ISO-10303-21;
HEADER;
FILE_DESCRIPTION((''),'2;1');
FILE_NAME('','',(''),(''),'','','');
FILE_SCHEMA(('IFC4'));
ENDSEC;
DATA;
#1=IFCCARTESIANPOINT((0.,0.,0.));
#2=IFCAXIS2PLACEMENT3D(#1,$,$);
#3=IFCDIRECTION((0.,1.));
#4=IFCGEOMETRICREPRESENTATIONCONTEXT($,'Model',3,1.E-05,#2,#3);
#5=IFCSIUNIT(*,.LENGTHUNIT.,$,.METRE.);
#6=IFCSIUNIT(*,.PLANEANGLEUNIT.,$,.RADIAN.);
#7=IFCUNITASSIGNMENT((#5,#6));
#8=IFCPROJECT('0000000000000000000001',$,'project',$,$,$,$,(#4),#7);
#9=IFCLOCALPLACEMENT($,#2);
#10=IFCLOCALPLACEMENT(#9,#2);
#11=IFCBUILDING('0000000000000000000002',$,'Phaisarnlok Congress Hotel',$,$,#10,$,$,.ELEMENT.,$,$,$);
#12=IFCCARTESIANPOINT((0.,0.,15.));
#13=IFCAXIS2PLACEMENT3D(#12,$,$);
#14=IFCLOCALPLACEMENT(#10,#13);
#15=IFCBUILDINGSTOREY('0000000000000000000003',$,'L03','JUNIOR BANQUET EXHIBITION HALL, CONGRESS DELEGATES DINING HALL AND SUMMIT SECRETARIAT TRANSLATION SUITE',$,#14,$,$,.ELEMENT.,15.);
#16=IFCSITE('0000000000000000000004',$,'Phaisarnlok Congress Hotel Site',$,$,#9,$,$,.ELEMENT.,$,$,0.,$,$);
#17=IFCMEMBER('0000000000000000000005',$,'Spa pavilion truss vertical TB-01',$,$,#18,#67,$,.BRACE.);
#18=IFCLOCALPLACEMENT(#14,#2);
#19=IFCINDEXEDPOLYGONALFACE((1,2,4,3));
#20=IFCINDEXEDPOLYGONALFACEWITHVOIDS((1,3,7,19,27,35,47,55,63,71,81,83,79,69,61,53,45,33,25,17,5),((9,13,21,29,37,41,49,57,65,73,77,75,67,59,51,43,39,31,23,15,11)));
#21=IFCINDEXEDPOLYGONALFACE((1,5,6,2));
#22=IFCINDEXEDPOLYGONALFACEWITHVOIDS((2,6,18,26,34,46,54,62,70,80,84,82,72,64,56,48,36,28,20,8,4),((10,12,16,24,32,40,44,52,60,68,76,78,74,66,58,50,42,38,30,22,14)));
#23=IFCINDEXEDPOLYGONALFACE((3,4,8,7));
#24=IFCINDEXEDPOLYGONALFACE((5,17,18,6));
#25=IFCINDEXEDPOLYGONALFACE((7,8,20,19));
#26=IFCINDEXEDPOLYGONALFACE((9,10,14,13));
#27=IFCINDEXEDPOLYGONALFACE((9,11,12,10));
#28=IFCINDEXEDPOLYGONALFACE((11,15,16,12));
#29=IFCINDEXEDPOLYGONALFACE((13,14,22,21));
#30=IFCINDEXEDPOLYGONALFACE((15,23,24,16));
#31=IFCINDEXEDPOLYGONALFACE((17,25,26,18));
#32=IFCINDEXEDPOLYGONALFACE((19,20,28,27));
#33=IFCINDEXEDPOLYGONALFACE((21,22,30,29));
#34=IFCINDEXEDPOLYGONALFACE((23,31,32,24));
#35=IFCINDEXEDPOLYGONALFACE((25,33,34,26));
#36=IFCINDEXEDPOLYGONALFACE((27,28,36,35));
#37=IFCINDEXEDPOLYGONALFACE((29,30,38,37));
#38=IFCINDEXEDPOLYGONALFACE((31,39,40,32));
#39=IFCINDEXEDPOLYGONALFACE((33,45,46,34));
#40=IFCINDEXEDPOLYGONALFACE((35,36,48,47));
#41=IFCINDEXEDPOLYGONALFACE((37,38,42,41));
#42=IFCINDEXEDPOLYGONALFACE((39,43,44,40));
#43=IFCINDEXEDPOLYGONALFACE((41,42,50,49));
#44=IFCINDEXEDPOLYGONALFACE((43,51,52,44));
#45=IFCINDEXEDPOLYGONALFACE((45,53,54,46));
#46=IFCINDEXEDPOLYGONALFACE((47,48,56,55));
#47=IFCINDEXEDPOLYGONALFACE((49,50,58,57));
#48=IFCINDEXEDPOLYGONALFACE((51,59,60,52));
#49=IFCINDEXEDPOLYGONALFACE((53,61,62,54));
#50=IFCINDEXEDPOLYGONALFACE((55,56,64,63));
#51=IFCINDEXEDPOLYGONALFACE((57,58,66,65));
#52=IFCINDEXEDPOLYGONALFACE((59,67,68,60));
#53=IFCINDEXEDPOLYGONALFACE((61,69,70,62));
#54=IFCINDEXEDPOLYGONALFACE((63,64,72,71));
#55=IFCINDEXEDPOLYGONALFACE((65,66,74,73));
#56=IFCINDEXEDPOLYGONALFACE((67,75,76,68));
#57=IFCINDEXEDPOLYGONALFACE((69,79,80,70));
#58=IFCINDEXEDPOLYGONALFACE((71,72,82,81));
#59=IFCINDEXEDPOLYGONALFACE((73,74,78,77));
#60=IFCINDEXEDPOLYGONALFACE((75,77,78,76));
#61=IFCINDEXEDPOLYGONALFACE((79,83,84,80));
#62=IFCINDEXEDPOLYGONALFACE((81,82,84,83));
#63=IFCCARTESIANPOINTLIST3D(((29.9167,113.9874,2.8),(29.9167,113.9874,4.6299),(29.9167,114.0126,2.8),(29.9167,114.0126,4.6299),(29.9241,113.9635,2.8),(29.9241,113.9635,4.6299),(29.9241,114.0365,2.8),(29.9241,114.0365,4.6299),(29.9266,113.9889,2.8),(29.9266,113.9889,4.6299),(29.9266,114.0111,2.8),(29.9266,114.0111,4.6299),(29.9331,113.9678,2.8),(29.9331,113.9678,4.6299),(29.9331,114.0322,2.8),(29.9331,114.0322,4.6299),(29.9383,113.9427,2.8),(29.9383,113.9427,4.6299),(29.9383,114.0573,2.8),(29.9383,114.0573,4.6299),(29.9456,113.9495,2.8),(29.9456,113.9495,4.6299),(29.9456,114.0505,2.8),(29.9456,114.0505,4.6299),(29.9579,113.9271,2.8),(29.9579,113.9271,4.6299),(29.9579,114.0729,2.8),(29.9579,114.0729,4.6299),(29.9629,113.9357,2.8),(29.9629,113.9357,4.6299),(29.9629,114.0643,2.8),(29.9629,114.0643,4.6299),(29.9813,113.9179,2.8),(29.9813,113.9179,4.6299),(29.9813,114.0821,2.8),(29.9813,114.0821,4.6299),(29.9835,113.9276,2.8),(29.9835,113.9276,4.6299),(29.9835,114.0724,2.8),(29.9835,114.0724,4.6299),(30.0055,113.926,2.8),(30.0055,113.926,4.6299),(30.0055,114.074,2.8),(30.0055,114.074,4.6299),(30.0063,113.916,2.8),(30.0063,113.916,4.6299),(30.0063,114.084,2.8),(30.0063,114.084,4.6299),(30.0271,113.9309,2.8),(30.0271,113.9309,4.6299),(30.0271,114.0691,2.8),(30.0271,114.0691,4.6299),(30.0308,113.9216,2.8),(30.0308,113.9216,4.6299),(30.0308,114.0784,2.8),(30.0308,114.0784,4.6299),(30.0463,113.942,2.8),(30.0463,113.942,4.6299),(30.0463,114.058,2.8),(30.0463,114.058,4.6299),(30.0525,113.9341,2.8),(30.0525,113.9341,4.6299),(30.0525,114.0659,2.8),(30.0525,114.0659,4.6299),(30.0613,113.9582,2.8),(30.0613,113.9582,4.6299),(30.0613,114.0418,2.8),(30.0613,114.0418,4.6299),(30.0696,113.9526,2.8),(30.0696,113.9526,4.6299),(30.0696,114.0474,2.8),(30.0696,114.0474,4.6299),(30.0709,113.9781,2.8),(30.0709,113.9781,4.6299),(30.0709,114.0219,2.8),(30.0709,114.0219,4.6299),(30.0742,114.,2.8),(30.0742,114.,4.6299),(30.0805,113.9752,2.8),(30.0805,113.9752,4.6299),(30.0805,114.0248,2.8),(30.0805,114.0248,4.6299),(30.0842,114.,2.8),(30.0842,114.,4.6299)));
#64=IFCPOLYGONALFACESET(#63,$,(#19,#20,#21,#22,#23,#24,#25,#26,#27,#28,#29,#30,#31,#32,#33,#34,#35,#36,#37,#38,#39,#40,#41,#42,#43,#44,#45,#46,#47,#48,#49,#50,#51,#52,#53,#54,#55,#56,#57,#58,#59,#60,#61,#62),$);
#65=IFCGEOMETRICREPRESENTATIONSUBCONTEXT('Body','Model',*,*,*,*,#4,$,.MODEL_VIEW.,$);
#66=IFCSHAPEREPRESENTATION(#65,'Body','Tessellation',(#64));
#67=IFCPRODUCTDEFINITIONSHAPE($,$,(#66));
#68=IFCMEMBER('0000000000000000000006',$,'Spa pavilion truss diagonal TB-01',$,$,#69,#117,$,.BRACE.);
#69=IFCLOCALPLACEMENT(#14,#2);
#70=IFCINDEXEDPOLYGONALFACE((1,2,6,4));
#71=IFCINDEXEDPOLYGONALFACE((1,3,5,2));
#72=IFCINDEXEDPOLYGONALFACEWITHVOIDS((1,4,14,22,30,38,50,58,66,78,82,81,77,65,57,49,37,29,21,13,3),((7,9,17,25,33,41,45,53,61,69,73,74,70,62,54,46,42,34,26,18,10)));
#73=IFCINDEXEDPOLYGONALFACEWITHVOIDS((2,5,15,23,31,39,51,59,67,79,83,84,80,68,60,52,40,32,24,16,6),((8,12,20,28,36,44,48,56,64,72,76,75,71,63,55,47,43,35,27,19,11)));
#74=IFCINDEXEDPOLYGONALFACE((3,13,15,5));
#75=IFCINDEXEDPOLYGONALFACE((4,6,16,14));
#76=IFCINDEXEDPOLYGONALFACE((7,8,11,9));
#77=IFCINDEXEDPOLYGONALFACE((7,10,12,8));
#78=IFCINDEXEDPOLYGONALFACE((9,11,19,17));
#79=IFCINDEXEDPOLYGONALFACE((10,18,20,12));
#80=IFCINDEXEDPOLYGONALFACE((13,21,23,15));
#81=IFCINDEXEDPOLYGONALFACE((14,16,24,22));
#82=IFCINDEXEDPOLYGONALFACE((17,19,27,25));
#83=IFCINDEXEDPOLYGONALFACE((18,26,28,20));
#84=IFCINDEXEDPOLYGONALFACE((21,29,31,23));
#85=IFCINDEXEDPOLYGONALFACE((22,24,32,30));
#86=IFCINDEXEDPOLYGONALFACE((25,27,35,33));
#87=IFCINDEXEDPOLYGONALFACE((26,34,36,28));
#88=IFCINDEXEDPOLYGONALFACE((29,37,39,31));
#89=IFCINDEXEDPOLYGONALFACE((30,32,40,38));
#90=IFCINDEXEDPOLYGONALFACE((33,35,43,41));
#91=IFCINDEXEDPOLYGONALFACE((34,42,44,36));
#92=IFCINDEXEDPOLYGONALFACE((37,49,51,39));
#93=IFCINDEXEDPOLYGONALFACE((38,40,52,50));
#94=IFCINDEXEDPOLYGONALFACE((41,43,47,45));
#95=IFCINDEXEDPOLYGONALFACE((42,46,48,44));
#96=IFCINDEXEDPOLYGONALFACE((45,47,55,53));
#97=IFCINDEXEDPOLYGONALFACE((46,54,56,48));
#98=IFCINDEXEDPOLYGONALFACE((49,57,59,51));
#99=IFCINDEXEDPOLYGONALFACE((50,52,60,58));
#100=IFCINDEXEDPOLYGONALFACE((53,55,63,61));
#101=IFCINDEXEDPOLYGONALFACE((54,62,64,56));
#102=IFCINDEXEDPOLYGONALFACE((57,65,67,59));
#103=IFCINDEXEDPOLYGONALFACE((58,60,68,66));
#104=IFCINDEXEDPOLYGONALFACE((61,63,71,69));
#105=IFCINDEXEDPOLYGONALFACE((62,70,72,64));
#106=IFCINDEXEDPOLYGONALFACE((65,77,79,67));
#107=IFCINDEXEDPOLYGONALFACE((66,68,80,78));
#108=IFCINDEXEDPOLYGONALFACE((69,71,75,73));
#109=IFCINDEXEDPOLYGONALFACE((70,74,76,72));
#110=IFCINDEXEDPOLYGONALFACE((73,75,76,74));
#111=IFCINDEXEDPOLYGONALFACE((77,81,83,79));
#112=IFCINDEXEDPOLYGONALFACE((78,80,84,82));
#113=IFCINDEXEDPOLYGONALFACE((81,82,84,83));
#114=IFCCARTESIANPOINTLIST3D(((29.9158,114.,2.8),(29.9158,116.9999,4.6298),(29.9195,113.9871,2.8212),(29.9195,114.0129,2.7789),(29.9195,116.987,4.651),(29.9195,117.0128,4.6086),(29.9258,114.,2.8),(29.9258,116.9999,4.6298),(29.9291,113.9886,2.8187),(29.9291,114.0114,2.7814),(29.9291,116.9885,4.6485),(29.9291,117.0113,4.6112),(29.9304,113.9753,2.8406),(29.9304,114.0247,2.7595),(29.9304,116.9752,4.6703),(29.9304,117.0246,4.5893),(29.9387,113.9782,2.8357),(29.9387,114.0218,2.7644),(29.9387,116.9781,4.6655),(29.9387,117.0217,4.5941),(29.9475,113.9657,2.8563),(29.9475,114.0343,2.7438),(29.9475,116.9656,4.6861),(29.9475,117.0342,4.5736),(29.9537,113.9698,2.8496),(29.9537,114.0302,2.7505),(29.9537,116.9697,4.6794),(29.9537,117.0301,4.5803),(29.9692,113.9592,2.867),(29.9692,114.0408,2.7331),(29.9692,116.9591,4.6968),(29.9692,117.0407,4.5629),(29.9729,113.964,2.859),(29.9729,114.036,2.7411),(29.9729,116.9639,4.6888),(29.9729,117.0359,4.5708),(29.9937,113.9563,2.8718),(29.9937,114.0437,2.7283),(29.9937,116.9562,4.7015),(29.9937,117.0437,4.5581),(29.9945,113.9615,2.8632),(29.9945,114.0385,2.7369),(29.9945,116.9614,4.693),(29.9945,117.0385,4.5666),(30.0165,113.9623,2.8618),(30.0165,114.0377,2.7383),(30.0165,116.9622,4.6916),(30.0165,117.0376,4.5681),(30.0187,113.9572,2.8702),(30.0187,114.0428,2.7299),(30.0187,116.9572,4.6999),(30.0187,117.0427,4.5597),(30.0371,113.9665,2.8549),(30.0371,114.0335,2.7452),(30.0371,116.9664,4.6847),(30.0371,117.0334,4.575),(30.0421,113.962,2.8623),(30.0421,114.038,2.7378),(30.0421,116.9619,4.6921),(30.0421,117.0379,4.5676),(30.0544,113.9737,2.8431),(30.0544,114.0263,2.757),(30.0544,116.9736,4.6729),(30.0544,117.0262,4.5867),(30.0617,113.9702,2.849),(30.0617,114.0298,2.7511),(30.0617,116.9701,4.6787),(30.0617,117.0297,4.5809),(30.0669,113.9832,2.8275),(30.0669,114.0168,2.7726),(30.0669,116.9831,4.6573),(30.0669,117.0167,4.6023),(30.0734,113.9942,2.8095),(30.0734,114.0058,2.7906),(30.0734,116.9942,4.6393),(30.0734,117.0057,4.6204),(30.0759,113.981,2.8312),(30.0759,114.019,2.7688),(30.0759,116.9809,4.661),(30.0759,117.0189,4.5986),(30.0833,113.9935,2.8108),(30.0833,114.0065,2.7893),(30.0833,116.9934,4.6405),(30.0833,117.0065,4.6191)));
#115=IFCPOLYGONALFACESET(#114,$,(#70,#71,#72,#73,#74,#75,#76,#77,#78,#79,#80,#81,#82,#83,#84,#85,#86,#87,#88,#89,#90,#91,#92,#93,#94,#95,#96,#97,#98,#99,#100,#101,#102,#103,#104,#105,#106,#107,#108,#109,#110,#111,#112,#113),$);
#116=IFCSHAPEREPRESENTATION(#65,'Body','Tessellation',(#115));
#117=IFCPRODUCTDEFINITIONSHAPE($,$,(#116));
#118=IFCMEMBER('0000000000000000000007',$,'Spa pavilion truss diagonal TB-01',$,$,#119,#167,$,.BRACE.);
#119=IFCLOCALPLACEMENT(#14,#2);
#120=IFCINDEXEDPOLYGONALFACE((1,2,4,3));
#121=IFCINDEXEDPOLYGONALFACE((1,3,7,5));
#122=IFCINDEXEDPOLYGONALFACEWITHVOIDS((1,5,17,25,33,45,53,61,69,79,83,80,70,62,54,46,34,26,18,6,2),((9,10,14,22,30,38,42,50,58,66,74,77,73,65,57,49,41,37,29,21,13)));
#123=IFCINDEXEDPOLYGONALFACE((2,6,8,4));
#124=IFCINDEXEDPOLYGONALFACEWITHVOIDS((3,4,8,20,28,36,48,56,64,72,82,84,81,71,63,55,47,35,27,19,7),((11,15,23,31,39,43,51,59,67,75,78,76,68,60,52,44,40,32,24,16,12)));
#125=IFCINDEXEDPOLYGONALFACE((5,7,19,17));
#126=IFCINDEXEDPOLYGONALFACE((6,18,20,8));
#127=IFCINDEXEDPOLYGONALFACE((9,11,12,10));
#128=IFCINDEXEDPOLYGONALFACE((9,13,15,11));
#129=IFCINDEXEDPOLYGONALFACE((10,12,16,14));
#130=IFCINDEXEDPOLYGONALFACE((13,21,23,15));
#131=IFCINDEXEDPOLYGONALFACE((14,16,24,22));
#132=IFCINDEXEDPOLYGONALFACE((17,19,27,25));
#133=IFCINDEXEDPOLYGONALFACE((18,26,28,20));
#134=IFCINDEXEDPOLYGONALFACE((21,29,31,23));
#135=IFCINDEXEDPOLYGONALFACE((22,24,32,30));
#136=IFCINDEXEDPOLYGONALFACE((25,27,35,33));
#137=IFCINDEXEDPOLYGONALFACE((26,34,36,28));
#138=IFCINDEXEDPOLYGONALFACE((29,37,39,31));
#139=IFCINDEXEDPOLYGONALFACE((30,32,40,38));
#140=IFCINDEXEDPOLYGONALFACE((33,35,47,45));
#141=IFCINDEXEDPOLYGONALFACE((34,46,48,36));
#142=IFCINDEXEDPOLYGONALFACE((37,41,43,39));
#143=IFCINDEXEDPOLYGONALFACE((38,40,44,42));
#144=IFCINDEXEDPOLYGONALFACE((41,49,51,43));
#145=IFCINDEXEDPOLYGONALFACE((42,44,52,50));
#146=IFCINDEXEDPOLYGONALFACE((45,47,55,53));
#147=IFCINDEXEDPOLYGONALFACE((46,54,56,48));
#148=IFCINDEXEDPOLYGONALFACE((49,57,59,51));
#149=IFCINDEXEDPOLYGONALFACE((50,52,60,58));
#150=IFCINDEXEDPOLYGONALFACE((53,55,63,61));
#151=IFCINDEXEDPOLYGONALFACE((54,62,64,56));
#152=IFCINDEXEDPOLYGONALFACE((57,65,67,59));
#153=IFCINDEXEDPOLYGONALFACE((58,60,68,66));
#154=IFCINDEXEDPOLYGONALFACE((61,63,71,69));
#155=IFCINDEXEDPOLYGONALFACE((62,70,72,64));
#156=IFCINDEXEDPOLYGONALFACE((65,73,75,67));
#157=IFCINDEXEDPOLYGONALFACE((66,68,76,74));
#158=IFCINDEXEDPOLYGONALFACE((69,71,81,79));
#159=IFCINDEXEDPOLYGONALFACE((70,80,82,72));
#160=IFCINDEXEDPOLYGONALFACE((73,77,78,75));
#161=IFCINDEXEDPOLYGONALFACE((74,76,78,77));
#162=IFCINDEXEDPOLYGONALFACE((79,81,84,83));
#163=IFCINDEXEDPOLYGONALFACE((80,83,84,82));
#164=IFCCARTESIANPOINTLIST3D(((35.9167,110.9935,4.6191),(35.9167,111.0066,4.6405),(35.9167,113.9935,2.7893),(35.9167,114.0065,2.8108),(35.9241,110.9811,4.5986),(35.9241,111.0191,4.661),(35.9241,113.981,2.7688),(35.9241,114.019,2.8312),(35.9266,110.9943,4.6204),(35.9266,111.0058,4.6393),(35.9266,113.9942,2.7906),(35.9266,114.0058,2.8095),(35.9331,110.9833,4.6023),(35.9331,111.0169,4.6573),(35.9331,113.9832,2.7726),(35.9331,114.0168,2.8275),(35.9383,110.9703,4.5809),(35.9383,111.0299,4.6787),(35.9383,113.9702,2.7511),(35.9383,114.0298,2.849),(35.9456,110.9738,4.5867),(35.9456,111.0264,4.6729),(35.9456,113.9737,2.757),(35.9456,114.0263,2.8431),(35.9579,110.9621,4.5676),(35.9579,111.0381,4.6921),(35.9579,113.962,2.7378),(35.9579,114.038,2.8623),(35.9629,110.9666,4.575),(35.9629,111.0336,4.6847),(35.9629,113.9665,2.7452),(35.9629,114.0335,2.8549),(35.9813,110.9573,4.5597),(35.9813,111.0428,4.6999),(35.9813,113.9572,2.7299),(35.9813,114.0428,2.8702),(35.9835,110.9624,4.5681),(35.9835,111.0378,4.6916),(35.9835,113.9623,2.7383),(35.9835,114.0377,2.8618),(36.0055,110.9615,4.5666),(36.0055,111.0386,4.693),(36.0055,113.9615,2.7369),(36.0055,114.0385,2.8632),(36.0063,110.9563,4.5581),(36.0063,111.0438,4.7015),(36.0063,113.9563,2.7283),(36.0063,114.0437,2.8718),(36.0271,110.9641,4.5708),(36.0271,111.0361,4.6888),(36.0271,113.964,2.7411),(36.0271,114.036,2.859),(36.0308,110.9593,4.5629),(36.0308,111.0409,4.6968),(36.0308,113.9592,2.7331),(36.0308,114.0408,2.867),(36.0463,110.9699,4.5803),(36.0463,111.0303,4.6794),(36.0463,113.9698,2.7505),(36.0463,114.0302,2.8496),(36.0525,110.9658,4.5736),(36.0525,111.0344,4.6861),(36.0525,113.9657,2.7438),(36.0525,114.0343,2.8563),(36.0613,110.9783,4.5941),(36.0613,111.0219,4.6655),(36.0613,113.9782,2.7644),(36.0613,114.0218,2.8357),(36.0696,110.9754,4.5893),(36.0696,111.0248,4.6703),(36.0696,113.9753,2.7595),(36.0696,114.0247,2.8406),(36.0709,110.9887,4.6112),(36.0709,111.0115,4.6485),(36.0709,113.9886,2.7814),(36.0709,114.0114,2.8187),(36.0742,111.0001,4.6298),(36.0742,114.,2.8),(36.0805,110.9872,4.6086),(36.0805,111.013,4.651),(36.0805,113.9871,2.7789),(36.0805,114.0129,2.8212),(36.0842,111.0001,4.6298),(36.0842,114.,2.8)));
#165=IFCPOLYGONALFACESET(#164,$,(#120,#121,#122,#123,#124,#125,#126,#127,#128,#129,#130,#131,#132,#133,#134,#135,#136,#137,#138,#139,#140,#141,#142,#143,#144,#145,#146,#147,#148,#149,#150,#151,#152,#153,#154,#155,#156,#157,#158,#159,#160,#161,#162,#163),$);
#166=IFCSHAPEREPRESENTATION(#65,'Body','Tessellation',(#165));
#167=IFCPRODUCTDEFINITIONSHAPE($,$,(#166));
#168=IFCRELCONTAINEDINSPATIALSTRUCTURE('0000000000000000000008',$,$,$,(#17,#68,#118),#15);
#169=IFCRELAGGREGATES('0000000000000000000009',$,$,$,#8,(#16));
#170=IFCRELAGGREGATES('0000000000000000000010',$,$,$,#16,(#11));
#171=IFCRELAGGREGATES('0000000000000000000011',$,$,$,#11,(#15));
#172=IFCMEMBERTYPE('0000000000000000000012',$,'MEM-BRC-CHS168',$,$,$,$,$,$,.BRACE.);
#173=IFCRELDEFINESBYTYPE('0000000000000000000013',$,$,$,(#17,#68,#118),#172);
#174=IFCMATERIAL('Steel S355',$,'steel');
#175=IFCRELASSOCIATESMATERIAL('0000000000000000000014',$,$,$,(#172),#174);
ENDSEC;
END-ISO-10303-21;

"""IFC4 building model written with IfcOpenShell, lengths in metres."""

from ifc_helpers import new_model, si_unit, direction, frame, origin, origin_2d, place, context, subcontext, project, spatial, hollow_circle, extrude, material, material_profile, profile_set, type_object, element, save


model = new_model("IFC4")

# Units and contexts
model_context = context("Model", 3, precision=1e-05, world=origin(), true_north=direction((0.0, 1.0)))
body_context = subcontext(model_context, "Body", "Model", "MODEL_VIEW")
ifc_project = project(units=[si_unit("LENGTHUNIT", "METRE"), si_unit("PLANEANGLEUNIT", "RADIAN")], contexts=[model_context])

# Site, building, storey
site_placement = place(None, origin())
site = spatial("IfcSite", under=ifc_project, at=site_placement, Name="Phaisarnlok Congress Hotel Site", CompositionType="ELEMENT", RefElevation=0.0)
building_placement = place(site_placement, origin())
building = spatial("IfcBuilding", under=site, at=building_placement, Name="Phaisarnlok Congress Hotel", CompositionType="ELEMENT")
storey_placement = place(building_placement, frame((0.0, 0.0, 15.0)))
storey = spatial("IfcBuildingStorey", under=building, at=storey_placement, Name="L03", Description="JUNIOR BANQUET EXHIBITION HALL, CONGRESS DELEGATES DINING HALL AND SUMMIT SECRETARIAT TRANSLATION SUITE", CompositionType="ELEMENT", Elevation=15.0)

# Members
ifc_material_1 = material(Name="Steel S355", Category="steel")
ifc_material_profile_1 = material_profile(ifc_material_1, hollow_circle(Radius=0.0842, WallThickness=0.01, at=origin_2d()), Name="CHS 168.3x10")
ifc_profile_set_1 = profile_set([ifc_material_profile_1], Name="Steel S355")
member_type_1 = type_object("IfcMemberType", Name="MEM-BRC-CHS168", PredefinedType="BRACE", material=ifc_profile_set_1)
member_1_placement = place(storey_placement, frame((30.0, 114.0, 2.8), z_axis=(0.0, 0.0, 1.0), x_axis=(1.0, 0.0, 0.0)))
element("IfcMember", 1, at=member_1_placement, inside=storey, type_object=member_type_1, Name="Spa pavilion truss vertical TB-01", PredefinedType="BRACE", context=body_context, shape_type="SweptSolid", body=[
    extrude(hollow_circle(Radius=0.0842, WallThickness=0.01, at=origin_2d()), origin(), (0.0, 0.0, 1.0), 1.8298),
])
for number, where, z_axis, x_axis, name in (
    (2, (30.0, 114.0, 2.8), (0.0, 0.853725, 0.520725), (-1.0, 0.0, 0.0), "Spa pavilion truss diagonal TB-01"),
    (3, (36.0, 114.0, 2.8), (0.0, -0.853725, 0.520725), (1.0, 0.0, 0.0), "Spa pavilion truss diagonal TB-01"),
):
    element("IfcMember", number, at=place(storey_placement, frame(where, z_axis=z_axis, x_axis=x_axis)), inside=storey, type_object=member_type_1, Name=name, PredefinedType="BRACE", context=body_context, shape_type="SweptSolid", body=[
        extrude(hollow_circle(Radius=0.0842, WallThickness=0.01, at=origin_2d()), origin(), (0.0, 0.0, 1.0), 3.5139),
    ])

save(model, "model.ifc")
